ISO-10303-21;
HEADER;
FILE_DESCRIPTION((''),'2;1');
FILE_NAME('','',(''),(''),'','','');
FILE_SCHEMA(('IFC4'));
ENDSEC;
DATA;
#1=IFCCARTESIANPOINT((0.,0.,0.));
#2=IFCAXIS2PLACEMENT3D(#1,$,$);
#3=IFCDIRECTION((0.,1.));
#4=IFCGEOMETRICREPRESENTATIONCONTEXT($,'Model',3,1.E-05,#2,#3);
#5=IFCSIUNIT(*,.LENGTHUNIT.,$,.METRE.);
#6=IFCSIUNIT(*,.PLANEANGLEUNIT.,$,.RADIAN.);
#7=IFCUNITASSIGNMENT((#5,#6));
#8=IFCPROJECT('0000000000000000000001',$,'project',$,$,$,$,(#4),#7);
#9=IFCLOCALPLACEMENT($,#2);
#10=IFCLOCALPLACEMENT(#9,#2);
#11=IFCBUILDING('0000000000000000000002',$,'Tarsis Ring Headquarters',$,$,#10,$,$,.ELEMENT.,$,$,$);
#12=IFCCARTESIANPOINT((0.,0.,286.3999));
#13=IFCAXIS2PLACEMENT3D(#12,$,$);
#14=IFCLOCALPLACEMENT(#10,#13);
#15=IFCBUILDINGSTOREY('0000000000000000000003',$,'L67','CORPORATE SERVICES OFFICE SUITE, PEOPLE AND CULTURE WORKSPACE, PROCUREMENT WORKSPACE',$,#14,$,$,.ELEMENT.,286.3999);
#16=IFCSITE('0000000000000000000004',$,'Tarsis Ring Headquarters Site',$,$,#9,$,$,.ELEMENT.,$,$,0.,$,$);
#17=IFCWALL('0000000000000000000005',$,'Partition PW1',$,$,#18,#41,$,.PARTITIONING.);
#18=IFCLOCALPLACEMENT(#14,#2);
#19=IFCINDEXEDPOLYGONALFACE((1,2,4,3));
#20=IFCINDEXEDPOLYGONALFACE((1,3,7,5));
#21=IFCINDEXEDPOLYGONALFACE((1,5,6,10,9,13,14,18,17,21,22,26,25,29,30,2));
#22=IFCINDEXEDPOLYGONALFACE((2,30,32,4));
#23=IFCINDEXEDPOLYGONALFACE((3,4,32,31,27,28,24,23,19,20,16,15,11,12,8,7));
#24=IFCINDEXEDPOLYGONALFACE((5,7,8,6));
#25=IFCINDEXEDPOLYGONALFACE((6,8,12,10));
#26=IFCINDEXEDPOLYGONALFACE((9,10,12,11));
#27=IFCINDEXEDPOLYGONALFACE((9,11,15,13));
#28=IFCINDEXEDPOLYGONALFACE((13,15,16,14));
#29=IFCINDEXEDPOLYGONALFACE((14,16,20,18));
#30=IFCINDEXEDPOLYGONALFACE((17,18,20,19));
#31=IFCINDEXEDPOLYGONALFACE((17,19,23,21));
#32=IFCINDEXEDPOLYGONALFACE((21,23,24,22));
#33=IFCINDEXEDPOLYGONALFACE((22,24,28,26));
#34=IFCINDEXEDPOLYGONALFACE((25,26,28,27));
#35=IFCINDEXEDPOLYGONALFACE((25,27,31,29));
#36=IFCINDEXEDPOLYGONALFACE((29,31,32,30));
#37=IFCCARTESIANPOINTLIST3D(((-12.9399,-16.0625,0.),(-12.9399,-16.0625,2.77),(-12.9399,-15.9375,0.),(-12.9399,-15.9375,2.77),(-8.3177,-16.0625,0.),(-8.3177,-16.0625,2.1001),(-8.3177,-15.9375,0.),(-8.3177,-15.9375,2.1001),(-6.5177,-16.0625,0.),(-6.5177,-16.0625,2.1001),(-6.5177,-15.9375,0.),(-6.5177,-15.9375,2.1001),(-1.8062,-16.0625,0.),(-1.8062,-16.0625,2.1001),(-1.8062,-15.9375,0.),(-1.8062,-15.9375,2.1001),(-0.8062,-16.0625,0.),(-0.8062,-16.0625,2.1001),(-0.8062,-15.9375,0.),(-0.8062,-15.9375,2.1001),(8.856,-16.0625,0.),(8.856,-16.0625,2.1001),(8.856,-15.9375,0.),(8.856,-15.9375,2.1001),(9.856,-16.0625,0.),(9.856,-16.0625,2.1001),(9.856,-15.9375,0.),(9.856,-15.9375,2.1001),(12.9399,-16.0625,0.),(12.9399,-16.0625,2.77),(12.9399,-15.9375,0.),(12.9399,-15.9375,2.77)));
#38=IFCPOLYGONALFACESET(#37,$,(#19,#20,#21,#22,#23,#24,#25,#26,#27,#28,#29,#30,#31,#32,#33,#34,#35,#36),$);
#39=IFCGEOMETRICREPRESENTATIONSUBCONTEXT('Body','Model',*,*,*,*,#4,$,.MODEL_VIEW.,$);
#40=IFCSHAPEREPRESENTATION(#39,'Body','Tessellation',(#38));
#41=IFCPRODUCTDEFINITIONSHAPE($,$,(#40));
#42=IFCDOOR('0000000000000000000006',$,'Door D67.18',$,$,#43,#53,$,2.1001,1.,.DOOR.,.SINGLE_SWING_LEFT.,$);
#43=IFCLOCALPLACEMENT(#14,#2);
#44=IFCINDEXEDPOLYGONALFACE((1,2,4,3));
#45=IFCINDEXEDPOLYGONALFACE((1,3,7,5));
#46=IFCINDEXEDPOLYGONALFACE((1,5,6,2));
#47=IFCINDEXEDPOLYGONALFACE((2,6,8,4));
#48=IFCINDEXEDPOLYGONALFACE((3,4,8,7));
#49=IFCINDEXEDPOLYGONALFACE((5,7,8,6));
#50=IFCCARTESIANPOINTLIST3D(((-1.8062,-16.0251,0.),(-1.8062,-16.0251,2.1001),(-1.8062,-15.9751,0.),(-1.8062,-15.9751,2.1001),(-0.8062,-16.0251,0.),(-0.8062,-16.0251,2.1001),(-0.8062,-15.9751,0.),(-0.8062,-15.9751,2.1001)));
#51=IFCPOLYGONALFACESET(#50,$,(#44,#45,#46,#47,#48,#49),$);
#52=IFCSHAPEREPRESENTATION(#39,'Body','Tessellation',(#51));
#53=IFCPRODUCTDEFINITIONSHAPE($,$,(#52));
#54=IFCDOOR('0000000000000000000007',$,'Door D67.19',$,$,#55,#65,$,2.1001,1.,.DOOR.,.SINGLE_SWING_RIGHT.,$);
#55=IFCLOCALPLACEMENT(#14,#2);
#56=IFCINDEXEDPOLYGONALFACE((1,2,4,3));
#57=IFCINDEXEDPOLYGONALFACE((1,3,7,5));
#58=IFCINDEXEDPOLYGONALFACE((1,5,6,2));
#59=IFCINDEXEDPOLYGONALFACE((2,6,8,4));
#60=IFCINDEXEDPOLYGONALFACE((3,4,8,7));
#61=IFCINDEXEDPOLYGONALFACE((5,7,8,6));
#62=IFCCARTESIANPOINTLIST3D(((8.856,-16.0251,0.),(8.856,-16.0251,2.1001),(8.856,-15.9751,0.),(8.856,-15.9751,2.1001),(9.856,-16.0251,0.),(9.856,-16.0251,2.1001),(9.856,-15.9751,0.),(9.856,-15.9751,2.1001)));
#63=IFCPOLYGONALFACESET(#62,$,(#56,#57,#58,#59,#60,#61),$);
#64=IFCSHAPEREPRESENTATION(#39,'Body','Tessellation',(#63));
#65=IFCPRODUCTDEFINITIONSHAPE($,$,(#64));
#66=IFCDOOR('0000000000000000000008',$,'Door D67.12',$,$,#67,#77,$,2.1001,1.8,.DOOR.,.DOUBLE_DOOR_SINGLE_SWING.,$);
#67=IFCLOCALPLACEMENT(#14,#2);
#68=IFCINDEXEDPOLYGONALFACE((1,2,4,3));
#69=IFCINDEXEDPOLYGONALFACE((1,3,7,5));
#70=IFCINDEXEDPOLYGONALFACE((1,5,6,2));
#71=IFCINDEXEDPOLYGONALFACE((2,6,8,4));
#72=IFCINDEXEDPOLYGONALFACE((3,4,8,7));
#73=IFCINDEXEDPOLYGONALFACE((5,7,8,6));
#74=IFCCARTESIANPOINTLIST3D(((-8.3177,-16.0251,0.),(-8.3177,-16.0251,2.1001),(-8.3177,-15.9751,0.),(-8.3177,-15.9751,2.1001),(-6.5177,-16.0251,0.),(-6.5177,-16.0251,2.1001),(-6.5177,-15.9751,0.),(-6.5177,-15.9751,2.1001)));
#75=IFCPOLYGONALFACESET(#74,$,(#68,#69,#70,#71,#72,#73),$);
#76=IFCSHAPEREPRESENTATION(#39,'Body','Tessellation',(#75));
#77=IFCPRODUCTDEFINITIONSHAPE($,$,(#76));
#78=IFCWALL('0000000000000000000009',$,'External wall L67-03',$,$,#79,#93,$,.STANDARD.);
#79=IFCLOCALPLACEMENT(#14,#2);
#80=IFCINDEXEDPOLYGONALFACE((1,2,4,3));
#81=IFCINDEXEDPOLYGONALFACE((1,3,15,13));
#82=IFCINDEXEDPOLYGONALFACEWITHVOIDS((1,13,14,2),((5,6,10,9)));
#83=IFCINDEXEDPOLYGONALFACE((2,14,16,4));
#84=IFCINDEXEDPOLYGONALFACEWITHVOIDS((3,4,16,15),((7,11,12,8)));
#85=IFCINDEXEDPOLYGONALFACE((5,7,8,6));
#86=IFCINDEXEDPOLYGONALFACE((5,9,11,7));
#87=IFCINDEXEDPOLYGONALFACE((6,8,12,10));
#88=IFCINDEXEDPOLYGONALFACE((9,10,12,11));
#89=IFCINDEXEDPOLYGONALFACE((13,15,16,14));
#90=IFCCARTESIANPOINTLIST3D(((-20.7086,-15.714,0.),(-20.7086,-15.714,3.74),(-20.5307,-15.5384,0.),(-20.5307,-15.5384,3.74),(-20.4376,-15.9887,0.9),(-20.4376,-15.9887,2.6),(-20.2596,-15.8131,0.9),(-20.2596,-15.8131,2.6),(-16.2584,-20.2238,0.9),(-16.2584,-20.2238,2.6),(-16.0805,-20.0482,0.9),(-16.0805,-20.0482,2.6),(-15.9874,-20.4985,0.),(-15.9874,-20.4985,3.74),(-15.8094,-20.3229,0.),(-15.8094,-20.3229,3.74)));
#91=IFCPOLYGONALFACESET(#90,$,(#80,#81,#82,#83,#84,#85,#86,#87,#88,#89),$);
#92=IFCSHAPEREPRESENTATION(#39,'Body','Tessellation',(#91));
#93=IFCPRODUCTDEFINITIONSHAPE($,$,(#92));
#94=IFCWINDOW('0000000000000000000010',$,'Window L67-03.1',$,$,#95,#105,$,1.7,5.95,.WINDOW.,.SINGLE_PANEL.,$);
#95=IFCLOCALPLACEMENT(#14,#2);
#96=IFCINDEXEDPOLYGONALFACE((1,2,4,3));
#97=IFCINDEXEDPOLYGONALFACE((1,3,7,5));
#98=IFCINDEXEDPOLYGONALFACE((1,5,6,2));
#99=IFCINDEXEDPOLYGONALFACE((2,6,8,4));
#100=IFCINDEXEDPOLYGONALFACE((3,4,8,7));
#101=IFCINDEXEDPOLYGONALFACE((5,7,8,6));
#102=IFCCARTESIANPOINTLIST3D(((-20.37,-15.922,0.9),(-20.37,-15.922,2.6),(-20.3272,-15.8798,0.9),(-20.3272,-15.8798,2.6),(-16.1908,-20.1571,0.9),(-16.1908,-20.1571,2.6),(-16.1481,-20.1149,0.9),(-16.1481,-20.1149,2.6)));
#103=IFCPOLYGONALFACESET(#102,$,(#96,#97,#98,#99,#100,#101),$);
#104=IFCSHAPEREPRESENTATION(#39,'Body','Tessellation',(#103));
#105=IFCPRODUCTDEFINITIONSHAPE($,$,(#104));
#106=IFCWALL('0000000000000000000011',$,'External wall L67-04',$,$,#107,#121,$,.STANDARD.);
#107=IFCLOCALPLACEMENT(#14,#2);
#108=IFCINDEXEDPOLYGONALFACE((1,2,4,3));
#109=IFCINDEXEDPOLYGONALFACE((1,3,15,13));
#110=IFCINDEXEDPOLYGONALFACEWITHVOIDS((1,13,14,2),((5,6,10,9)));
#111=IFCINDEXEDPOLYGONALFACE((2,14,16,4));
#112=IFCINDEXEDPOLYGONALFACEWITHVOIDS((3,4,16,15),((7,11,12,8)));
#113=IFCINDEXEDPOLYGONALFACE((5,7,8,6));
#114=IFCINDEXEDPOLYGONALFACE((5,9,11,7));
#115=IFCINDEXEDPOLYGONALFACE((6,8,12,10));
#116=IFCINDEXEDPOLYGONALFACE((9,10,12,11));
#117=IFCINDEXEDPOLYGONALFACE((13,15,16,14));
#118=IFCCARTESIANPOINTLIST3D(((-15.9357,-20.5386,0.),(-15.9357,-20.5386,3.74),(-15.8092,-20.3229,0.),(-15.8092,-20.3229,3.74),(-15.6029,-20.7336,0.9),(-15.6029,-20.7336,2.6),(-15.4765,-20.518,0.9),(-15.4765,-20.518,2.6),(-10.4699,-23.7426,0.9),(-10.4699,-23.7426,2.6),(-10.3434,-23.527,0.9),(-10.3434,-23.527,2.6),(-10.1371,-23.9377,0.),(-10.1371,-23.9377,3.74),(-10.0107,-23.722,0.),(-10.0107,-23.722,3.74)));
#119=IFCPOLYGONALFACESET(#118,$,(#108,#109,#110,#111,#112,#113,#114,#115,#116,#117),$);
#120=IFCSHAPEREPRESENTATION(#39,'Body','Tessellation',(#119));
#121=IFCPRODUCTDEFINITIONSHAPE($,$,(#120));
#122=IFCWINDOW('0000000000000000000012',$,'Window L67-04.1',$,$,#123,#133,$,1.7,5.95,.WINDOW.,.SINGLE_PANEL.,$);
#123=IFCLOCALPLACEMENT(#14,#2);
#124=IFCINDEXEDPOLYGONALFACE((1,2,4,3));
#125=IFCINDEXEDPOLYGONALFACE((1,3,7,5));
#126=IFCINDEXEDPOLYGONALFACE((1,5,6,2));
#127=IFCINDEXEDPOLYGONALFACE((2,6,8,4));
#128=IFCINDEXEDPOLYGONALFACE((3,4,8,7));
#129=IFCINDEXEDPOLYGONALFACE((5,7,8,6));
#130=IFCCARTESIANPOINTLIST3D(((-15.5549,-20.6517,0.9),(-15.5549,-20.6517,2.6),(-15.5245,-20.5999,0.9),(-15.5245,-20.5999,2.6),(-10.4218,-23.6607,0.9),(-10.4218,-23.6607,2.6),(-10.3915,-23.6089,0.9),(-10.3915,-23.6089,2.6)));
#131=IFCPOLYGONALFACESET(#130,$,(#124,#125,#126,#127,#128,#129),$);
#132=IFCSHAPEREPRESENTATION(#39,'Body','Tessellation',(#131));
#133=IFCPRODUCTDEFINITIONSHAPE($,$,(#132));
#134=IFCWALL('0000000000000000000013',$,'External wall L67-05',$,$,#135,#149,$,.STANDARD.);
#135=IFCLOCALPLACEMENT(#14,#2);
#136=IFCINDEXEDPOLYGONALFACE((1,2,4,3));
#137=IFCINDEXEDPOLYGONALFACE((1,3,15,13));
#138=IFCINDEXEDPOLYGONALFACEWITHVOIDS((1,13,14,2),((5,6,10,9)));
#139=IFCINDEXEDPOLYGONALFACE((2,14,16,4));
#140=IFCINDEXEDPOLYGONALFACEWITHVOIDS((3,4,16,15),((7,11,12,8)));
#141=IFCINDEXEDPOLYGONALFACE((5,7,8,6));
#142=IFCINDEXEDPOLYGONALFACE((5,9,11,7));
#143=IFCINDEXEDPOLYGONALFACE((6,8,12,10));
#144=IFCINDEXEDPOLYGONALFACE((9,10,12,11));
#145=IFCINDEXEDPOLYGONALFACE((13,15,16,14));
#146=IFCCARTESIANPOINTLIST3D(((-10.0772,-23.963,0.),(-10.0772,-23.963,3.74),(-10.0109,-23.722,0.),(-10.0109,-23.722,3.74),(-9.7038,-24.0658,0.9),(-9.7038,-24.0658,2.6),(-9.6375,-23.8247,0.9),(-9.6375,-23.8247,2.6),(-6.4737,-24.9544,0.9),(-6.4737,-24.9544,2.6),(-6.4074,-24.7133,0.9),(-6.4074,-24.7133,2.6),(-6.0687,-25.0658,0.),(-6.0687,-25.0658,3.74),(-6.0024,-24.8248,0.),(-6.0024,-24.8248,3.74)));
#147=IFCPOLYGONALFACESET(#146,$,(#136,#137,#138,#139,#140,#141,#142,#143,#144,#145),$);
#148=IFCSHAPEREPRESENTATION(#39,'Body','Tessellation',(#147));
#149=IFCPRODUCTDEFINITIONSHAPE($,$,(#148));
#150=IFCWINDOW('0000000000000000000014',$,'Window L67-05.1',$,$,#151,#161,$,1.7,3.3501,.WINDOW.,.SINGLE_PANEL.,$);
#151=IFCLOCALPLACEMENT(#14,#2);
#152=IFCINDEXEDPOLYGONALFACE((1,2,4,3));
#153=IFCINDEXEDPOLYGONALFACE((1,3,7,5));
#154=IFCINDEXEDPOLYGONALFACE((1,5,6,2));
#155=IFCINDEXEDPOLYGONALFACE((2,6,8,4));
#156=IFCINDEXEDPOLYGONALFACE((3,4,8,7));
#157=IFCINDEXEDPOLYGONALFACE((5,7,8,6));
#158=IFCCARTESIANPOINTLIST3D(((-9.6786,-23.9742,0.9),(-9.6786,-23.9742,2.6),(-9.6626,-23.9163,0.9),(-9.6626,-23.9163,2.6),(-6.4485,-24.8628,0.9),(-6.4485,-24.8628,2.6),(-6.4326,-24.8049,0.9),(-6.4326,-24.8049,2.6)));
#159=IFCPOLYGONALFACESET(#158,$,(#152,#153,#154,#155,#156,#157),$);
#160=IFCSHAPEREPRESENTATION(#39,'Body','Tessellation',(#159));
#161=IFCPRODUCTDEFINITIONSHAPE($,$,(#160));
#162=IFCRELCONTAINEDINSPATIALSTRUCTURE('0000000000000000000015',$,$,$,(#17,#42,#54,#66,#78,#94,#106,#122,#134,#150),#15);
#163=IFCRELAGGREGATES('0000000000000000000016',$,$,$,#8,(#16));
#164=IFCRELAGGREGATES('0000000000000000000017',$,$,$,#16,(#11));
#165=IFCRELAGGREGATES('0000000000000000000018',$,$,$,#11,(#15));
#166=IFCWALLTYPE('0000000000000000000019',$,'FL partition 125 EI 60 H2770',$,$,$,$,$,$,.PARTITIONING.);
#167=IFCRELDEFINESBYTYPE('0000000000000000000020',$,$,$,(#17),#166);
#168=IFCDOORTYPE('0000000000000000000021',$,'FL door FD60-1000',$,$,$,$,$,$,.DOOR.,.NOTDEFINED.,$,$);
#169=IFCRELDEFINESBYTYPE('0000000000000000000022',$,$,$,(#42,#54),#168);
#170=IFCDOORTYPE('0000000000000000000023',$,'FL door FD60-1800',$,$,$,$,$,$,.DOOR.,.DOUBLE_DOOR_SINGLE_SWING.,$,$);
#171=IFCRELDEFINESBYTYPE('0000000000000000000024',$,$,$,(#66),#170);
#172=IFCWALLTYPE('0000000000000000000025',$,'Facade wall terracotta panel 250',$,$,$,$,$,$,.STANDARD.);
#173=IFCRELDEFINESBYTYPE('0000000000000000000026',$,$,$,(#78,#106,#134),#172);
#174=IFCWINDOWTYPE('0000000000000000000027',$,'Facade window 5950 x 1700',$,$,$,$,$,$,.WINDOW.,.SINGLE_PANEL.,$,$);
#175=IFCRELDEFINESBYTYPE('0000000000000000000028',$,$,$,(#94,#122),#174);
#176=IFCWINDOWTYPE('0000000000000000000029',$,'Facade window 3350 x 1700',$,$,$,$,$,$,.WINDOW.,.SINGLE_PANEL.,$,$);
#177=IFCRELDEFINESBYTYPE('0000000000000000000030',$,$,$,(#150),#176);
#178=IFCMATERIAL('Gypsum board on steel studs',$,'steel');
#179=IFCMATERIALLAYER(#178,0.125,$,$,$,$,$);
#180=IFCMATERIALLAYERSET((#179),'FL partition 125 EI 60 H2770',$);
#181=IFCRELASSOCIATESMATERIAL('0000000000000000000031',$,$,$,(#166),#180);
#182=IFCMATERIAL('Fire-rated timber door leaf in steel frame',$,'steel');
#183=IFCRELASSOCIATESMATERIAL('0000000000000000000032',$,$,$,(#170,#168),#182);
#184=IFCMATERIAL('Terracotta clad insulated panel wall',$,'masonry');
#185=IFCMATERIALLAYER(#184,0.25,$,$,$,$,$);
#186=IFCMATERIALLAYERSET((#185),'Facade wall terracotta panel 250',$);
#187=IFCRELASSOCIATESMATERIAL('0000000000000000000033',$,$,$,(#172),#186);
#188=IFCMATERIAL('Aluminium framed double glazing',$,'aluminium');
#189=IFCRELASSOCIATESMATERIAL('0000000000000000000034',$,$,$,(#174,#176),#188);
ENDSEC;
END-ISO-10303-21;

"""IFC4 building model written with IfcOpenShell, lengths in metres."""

from ifc_helpers import new_model, si_unit, direction, frame, frame_2d, origin, place, context, subcontext, project, spatial, rectangle, extrude, material, layer, layer_set, type_object, element, fill, save


model = new_model("IFC4")

# Units and contexts
model_context = context("Model", 3, precision=1e-05, world=origin(), true_north=direction((0.0, 1.0)))
body_context = subcontext(model_context, "Body", "Model", "MODEL_VIEW")
ifc_project = project(units=[si_unit("LENGTHUNIT", "METRE"), si_unit("PLANEANGLEUNIT", "RADIAN")], contexts=[model_context])

# Site, building, storey
site_placement = place(None, origin())
site = spatial("IfcSite", under=ifc_project, at=site_placement, Name="Tarsis Ring Headquarters Site", CompositionType="ELEMENT", RefElevation=0.0)
building_placement = place(site_placement, origin())
building = spatial("IfcBuilding", under=site, at=building_placement, Name="Tarsis Ring Headquarters", CompositionType="ELEMENT")
storey_placement = place(building_placement, frame((0.0, 0.0, 286.3999)))
storey = spatial("IfcBuildingStorey", under=building, at=storey_placement, Name="L67", Description="CORPORATE SERVICES OFFICE SUITE, PEOPLE AND CULTURE WORKSPACE, PROCUREMENT WORKSPACE", CompositionType="ELEMENT", Elevation=286.3999)

# Shared definitions
ifc_material_1 = material(Name="Gypsum board on steel studs", Category="steel")

# Wall, openings, doors
ifc_layer_1 = layer(ifc_material_1, 0.125)
ifc_layer_set_1 = layer_set([ifc_layer_1], Name="FL partition 125 EI 60 H2770")
wall_type_1 = type_object("IfcWallType", Name="FL partition 125 EI 60 H2770", PredefinedType="PARTITIONING", material=ifc_layer_set_1)
ifc_material_2 = material(Name="Fire-rated timber door leaf in steel frame", Category="steel")
door_type_1 = type_object("IfcDoorType", Name="FL door FD60-1800", OperationType="DOUBLE_DOOR_SINGLE_SWING", PredefinedType="DOOR", material=ifc_material_2)
wall_1_placement = place(storey_placement, frame((-12.9399, -16.0, 0.0), z_axis=(0.0, 0.0, 1.0), x_axis=(1.0, 0.0, 0.0)))
wall_1 = element("IfcWall", 1, at=wall_1_placement, inside=storey, type_object=wall_type_1, Name="Partition PW1", PredefinedType="PARTITIONING", context=body_context, shape_type="SweptSolid", body=[
    extrude(rectangle(XDim=25.8799, YDim=0.125, at=frame_2d((12.9399, 0.0))), origin(), (0.0, 0.0, 1.0), 2.77),
])
opening_1_placement = place(wall_1_placement, frame((4.6223, 0.0, 0.0)))
opening_1 = element("IfcOpeningElement", 2, at=opening_1_placement, cuts=wall_1, PredefinedType="OPENING", context=body_context, shape_type="SweptSolid", body=[
    extrude(rectangle(XDim=1.8, YDim=2.1001, at=frame_2d((0.8999, 1.05))), frame((0.0, 0.0725, 0.0), z_axis=(0.0, -1.0, 0.0), x_axis=(1.0, 0.0, 0.0)), (0.0, 0.0, 1.0), 0.145),
])
opening_2_placement = place(wall_1_placement, frame((11.1338, 0.0, 0.0)))
opening_2 = element("IfcOpeningElement", 3, at=opening_2_placement, cuts=wall_1, PredefinedType="OPENING", context=body_context, shape_type="SweptSolid", body=[
    extrude(rectangle(XDim=1.0, YDim=2.1001, at=frame_2d((0.5, 1.05))), frame((0.0, 0.0725, 0.0), z_axis=(0.0, -1.0, 0.0), x_axis=(1.0, 0.0, 0.0)), (0.0, 0.0, 1.0), 0.145),
])
opening_3_placement = place(wall_1_placement, frame((21.7959, 0.0, 0.0)))
opening_3 = element("IfcOpeningElement", 4, at=opening_3_placement, cuts=wall_1, PredefinedType="OPENING", context=body_context, shape_type="SweptSolid", body=[
    extrude(rectangle(XDim=1.0, YDim=2.1001, at=frame_2d((0.5, 1.05))), frame((0.0, 0.0725, 0.0), z_axis=(0.0, -1.0, 0.0), x_axis=(1.0, 0.0, 0.0)), (0.0, 0.0, 1.0), 0.145),
])
door_type_2 = type_object("IfcDoorType", Name="FL door FD60-1000", OperationType="NOTDEFINED", PredefinedType="DOOR", material=ifc_material_2)
door_1_placement = place(opening_2_placement, origin())
door_1 = element("IfcDoor", 5, at=door_1_placement, inside=storey, type_object=door_type_2, Name="Door D67.18", OperationType="SINGLE_SWING_LEFT", OverallHeight=2.1001, OverallWidth=1.0, PredefinedType="DOOR", context=body_context, shape_type="SweptSolid", body=[
    extrude(rectangle(XDim=1.0, YDim=2.1001, at=frame_2d((0.5, 1.05))), frame((0.0, 0.0249, 0.0), z_axis=(0.0, -1.0, 0.0), x_axis=(1.0, 0.0, 0.0)), (0.0, 0.0, 1.0), 0.05),
])
fill(opening_2, door_1)
door_2_placement = place(opening_3_placement, origin())
door_2 = element("IfcDoor", 6, at=door_2_placement, inside=storey, type_object=door_type_2, Name="Door D67.19", OperationType="SINGLE_SWING_RIGHT", OverallHeight=2.1001, OverallWidth=1.0, PredefinedType="DOOR", context=body_context, shape_type="SweptSolid", body=[
    extrude(rectangle(XDim=1.0, YDim=2.1001, at=frame_2d((0.5, 1.05))), frame((0.0, 0.0249, 0.0), z_axis=(0.0, -1.0, 0.0), x_axis=(1.0, 0.0, 0.0)), (0.0, 0.0, 1.0), 0.05),
])
fill(opening_3, door_2)
door_3_placement = place(opening_1_placement, origin())
door_3 = element("IfcDoor", 7, at=door_3_placement, inside=storey, type_object=door_type_1, Name="Door D67.12", OperationType="DOUBLE_DOOR_SINGLE_SWING", OverallHeight=2.1001, OverallWidth=1.8, PredefinedType="DOOR", context=body_context, shape_type="SweptSolid", body=[
    extrude(rectangle(XDim=1.8, YDim=2.1001, at=frame_2d((0.8999, 1.05))), frame((0.0, 0.0249, 0.0), z_axis=(0.0, -1.0, 0.0), x_axis=(1.0, 0.0, 0.0)), (0.0, 0.0, 1.0), 0.05),
])
fill(opening_1, door_3)

# Walls, openings, windows
ifc_material_3 = material(Name="Terracotta clad insulated panel wall", Category="masonry")
ifc_layer_2 = layer(ifc_material_3, 0.25)
ifc_layer_set_2 = layer_set([ifc_layer_2], Name="Facade wall terracotta panel 250")
wall_type_2 = type_object("IfcWallType", Name="Facade wall terracotta panel 250", PredefinedType="STANDARD", material=ifc_layer_set_2)
wall_2_placement = place(storey_placement, frame((-20.6196, -15.6262, 0.0), z_axis=(0.0, 0.0, 1.0), x_axis=(0.702387, -0.711795, 0.0)))
wall_2 = element("IfcWall", 8, at=wall_2_placement, inside=storey, type_object=wall_type_2, Name="External wall L67-03", PredefinedType="STANDARD", context=body_context, shape_type="SweptSolid", body=[
    extrude(rectangle(XDim=6.7217, YDim=0.25, at=frame_2d((3.3608, 0.0))), origin(), (0.0, 0.0, 1.0), 3.74),
])
opening_4_placement = place(wall_2_placement, frame((0.3857, 0.0, 0.8999)))
opening_4 = element("IfcOpeningElement", 9, at=opening_4_placement, cuts=wall_2, PredefinedType="OPENING", context=body_context, shape_type="SweptSolid", body=[
    extrude(rectangle(XDim=5.95, YDim=1.7, at=frame_2d((2.9751, 0.8501))), frame((0.0, 0.135, 0.0), z_axis=(0.0, -1.0, 0.0), x_axis=(1.0, 0.0, 0.0)), (0.0, 0.0, 1.0), 0.27),
])
ifc_material_4 = material(Name="Aluminium framed double glazing", Category="aluminium")
window_type_1 = type_object("IfcWindowType", Name="Facade window 5950 x 1700", PartitioningType="SINGLE_PANEL", PredefinedType="WINDOW", material=ifc_material_4)
window_1_placement = place(opening_4_placement, origin())
window_1 = element("IfcWindow", 10, at=window_1_placement, inside=storey, type_object=window_type_1, Name="Window L67-03.1", OverallHeight=1.7, OverallWidth=5.95, PartitioningType="SINGLE_PANEL", PredefinedType="WINDOW", context=body_context, shape_type="SweptSolid", body=[
    extrude(rectangle(XDim=5.95, YDim=1.7, at=frame_2d((2.9751, 0.8501))), frame((0.0, 0.03, 0.0), z_axis=(0.0, -1.0, 0.0), x_axis=(1.0, 0.0, 0.0)), (0.0, 0.0, 1.0), 0.0601),
])
fill(opening_4, window_1)
wall_3_placement = place(storey_placement, frame((-15.8726, -20.4307, 0.0), z_axis=(0.0, 0.0, 1.0), x_axis=(0.862698, -0.505719, 0.0)))
wall_3 = element("IfcWall", 11, at=wall_3_placement, inside=storey, type_object=wall_type_2, Name="External wall L67-04", PredefinedType="STANDARD", context=body_context, shape_type="SweptSolid", body=[
    extrude(rectangle(XDim=6.7214, YDim=0.25, at=frame_2d((3.3608, 0.0))), origin(), (0.0, 0.0, 1.0), 3.74),
])
opening_5_placement = place(wall_3_placement, frame((0.3857, 0.0, 0.8999)))
opening_5 = element("IfcOpeningElement", 12, at=opening_5_placement, cuts=wall_3, PredefinedType="OPENING", context=body_context, shape_type="SweptSolid", body=[
    extrude(rectangle(XDim=5.95, YDim=1.7, at=frame_2d((2.9751, 0.8501))), frame((0.0, 0.135, 0.0), z_axis=(0.0, -1.0, 0.0), x_axis=(1.0, 0.0, 0.0)), (0.0, 0.0, 1.0), 0.27),
])
window_2_placement = place(opening_5_placement, origin())
window_2 = element("IfcWindow", 13, at=window_2_placement, inside=storey, type_object=window_type_1, Name="Window L67-04.1", OverallHeight=1.7, OverallWidth=5.95, PartitioningType="SINGLE_PANEL", PredefinedType="WINDOW", context=body_context, shape_type="SweptSolid", body=[
    extrude(rectangle(XDim=5.95, YDim=1.7, at=frame_2d((2.9751, 0.8501))), frame((0.0, 0.03, 0.0), z_axis=(0.0, -1.0, 0.0), x_axis=(1.0, 0.0, 0.0)), (0.0, 0.0, 1.0), 0.0601),
])
fill(opening_5, window_2)
wall_4_placement = place(storey_placement, frame((-10.0439, -23.8425, 0.0), z_axis=(0.0, 0.0, 1.0), x_axis=(0.964179, -0.265253, 0.0)))
wall_4 = element("IfcWall", 14, at=wall_4_placement, inside=storey, type_object=wall_type_2, Name="External wall L67-05", PredefinedType="STANDARD", context=body_context, shape_type="SweptSolid", body=[
    extrude(rectangle(XDim=4.1575, YDim=0.25, at=frame_2d((2.0786, 0.0))), origin(), (0.0, 0.0, 1.0), 3.74),
])
opening_6_placement = place(wall_4_placement, frame((0.3872, 0.0, 0.8999)))
opening_6 = element("IfcOpeningElement", 15, at=opening_6_placement, cuts=wall_4, PredefinedType="OPENING", context=body_context, shape_type="SweptSolid", body=[
    extrude(rectangle(XDim=3.3501, YDim=1.7, at=frame_2d((1.675, 0.8501))), frame((0.0, 0.135, 0.0), z_axis=(0.0, -1.0, 0.0), x_axis=(1.0, 0.0, 0.0)), (0.0, 0.0, 1.0), 0.27),
])
window_type_2 = type_object("IfcWindowType", Name="Facade window 3350 x 1700", PartitioningType="SINGLE_PANEL", PredefinedType="WINDOW", material=ifc_material_4)
window_3_placement = place(opening_6_placement, origin())
window_3 = element("IfcWindow", 16, at=window_3_placement, inside=storey, type_object=window_type_2, Name="Window L67-05.1", OverallHeight=1.7, OverallWidth=3.3501, PartitioningType="SINGLE_PANEL", PredefinedType="WINDOW", context=body_context, shape_type="SweptSolid", body=[
    extrude(rectangle(XDim=3.3501, YDim=1.7, at=frame_2d((1.675, 0.8501))), frame((0.0, 0.03, 0.0), z_axis=(0.0, -1.0, 0.0), x_axis=(1.0, 0.0, 0.0)), (0.0, 0.0, 1.0), 0.0601),
])
fill(opening_6, window_3)

save(model, "model.ifc")
